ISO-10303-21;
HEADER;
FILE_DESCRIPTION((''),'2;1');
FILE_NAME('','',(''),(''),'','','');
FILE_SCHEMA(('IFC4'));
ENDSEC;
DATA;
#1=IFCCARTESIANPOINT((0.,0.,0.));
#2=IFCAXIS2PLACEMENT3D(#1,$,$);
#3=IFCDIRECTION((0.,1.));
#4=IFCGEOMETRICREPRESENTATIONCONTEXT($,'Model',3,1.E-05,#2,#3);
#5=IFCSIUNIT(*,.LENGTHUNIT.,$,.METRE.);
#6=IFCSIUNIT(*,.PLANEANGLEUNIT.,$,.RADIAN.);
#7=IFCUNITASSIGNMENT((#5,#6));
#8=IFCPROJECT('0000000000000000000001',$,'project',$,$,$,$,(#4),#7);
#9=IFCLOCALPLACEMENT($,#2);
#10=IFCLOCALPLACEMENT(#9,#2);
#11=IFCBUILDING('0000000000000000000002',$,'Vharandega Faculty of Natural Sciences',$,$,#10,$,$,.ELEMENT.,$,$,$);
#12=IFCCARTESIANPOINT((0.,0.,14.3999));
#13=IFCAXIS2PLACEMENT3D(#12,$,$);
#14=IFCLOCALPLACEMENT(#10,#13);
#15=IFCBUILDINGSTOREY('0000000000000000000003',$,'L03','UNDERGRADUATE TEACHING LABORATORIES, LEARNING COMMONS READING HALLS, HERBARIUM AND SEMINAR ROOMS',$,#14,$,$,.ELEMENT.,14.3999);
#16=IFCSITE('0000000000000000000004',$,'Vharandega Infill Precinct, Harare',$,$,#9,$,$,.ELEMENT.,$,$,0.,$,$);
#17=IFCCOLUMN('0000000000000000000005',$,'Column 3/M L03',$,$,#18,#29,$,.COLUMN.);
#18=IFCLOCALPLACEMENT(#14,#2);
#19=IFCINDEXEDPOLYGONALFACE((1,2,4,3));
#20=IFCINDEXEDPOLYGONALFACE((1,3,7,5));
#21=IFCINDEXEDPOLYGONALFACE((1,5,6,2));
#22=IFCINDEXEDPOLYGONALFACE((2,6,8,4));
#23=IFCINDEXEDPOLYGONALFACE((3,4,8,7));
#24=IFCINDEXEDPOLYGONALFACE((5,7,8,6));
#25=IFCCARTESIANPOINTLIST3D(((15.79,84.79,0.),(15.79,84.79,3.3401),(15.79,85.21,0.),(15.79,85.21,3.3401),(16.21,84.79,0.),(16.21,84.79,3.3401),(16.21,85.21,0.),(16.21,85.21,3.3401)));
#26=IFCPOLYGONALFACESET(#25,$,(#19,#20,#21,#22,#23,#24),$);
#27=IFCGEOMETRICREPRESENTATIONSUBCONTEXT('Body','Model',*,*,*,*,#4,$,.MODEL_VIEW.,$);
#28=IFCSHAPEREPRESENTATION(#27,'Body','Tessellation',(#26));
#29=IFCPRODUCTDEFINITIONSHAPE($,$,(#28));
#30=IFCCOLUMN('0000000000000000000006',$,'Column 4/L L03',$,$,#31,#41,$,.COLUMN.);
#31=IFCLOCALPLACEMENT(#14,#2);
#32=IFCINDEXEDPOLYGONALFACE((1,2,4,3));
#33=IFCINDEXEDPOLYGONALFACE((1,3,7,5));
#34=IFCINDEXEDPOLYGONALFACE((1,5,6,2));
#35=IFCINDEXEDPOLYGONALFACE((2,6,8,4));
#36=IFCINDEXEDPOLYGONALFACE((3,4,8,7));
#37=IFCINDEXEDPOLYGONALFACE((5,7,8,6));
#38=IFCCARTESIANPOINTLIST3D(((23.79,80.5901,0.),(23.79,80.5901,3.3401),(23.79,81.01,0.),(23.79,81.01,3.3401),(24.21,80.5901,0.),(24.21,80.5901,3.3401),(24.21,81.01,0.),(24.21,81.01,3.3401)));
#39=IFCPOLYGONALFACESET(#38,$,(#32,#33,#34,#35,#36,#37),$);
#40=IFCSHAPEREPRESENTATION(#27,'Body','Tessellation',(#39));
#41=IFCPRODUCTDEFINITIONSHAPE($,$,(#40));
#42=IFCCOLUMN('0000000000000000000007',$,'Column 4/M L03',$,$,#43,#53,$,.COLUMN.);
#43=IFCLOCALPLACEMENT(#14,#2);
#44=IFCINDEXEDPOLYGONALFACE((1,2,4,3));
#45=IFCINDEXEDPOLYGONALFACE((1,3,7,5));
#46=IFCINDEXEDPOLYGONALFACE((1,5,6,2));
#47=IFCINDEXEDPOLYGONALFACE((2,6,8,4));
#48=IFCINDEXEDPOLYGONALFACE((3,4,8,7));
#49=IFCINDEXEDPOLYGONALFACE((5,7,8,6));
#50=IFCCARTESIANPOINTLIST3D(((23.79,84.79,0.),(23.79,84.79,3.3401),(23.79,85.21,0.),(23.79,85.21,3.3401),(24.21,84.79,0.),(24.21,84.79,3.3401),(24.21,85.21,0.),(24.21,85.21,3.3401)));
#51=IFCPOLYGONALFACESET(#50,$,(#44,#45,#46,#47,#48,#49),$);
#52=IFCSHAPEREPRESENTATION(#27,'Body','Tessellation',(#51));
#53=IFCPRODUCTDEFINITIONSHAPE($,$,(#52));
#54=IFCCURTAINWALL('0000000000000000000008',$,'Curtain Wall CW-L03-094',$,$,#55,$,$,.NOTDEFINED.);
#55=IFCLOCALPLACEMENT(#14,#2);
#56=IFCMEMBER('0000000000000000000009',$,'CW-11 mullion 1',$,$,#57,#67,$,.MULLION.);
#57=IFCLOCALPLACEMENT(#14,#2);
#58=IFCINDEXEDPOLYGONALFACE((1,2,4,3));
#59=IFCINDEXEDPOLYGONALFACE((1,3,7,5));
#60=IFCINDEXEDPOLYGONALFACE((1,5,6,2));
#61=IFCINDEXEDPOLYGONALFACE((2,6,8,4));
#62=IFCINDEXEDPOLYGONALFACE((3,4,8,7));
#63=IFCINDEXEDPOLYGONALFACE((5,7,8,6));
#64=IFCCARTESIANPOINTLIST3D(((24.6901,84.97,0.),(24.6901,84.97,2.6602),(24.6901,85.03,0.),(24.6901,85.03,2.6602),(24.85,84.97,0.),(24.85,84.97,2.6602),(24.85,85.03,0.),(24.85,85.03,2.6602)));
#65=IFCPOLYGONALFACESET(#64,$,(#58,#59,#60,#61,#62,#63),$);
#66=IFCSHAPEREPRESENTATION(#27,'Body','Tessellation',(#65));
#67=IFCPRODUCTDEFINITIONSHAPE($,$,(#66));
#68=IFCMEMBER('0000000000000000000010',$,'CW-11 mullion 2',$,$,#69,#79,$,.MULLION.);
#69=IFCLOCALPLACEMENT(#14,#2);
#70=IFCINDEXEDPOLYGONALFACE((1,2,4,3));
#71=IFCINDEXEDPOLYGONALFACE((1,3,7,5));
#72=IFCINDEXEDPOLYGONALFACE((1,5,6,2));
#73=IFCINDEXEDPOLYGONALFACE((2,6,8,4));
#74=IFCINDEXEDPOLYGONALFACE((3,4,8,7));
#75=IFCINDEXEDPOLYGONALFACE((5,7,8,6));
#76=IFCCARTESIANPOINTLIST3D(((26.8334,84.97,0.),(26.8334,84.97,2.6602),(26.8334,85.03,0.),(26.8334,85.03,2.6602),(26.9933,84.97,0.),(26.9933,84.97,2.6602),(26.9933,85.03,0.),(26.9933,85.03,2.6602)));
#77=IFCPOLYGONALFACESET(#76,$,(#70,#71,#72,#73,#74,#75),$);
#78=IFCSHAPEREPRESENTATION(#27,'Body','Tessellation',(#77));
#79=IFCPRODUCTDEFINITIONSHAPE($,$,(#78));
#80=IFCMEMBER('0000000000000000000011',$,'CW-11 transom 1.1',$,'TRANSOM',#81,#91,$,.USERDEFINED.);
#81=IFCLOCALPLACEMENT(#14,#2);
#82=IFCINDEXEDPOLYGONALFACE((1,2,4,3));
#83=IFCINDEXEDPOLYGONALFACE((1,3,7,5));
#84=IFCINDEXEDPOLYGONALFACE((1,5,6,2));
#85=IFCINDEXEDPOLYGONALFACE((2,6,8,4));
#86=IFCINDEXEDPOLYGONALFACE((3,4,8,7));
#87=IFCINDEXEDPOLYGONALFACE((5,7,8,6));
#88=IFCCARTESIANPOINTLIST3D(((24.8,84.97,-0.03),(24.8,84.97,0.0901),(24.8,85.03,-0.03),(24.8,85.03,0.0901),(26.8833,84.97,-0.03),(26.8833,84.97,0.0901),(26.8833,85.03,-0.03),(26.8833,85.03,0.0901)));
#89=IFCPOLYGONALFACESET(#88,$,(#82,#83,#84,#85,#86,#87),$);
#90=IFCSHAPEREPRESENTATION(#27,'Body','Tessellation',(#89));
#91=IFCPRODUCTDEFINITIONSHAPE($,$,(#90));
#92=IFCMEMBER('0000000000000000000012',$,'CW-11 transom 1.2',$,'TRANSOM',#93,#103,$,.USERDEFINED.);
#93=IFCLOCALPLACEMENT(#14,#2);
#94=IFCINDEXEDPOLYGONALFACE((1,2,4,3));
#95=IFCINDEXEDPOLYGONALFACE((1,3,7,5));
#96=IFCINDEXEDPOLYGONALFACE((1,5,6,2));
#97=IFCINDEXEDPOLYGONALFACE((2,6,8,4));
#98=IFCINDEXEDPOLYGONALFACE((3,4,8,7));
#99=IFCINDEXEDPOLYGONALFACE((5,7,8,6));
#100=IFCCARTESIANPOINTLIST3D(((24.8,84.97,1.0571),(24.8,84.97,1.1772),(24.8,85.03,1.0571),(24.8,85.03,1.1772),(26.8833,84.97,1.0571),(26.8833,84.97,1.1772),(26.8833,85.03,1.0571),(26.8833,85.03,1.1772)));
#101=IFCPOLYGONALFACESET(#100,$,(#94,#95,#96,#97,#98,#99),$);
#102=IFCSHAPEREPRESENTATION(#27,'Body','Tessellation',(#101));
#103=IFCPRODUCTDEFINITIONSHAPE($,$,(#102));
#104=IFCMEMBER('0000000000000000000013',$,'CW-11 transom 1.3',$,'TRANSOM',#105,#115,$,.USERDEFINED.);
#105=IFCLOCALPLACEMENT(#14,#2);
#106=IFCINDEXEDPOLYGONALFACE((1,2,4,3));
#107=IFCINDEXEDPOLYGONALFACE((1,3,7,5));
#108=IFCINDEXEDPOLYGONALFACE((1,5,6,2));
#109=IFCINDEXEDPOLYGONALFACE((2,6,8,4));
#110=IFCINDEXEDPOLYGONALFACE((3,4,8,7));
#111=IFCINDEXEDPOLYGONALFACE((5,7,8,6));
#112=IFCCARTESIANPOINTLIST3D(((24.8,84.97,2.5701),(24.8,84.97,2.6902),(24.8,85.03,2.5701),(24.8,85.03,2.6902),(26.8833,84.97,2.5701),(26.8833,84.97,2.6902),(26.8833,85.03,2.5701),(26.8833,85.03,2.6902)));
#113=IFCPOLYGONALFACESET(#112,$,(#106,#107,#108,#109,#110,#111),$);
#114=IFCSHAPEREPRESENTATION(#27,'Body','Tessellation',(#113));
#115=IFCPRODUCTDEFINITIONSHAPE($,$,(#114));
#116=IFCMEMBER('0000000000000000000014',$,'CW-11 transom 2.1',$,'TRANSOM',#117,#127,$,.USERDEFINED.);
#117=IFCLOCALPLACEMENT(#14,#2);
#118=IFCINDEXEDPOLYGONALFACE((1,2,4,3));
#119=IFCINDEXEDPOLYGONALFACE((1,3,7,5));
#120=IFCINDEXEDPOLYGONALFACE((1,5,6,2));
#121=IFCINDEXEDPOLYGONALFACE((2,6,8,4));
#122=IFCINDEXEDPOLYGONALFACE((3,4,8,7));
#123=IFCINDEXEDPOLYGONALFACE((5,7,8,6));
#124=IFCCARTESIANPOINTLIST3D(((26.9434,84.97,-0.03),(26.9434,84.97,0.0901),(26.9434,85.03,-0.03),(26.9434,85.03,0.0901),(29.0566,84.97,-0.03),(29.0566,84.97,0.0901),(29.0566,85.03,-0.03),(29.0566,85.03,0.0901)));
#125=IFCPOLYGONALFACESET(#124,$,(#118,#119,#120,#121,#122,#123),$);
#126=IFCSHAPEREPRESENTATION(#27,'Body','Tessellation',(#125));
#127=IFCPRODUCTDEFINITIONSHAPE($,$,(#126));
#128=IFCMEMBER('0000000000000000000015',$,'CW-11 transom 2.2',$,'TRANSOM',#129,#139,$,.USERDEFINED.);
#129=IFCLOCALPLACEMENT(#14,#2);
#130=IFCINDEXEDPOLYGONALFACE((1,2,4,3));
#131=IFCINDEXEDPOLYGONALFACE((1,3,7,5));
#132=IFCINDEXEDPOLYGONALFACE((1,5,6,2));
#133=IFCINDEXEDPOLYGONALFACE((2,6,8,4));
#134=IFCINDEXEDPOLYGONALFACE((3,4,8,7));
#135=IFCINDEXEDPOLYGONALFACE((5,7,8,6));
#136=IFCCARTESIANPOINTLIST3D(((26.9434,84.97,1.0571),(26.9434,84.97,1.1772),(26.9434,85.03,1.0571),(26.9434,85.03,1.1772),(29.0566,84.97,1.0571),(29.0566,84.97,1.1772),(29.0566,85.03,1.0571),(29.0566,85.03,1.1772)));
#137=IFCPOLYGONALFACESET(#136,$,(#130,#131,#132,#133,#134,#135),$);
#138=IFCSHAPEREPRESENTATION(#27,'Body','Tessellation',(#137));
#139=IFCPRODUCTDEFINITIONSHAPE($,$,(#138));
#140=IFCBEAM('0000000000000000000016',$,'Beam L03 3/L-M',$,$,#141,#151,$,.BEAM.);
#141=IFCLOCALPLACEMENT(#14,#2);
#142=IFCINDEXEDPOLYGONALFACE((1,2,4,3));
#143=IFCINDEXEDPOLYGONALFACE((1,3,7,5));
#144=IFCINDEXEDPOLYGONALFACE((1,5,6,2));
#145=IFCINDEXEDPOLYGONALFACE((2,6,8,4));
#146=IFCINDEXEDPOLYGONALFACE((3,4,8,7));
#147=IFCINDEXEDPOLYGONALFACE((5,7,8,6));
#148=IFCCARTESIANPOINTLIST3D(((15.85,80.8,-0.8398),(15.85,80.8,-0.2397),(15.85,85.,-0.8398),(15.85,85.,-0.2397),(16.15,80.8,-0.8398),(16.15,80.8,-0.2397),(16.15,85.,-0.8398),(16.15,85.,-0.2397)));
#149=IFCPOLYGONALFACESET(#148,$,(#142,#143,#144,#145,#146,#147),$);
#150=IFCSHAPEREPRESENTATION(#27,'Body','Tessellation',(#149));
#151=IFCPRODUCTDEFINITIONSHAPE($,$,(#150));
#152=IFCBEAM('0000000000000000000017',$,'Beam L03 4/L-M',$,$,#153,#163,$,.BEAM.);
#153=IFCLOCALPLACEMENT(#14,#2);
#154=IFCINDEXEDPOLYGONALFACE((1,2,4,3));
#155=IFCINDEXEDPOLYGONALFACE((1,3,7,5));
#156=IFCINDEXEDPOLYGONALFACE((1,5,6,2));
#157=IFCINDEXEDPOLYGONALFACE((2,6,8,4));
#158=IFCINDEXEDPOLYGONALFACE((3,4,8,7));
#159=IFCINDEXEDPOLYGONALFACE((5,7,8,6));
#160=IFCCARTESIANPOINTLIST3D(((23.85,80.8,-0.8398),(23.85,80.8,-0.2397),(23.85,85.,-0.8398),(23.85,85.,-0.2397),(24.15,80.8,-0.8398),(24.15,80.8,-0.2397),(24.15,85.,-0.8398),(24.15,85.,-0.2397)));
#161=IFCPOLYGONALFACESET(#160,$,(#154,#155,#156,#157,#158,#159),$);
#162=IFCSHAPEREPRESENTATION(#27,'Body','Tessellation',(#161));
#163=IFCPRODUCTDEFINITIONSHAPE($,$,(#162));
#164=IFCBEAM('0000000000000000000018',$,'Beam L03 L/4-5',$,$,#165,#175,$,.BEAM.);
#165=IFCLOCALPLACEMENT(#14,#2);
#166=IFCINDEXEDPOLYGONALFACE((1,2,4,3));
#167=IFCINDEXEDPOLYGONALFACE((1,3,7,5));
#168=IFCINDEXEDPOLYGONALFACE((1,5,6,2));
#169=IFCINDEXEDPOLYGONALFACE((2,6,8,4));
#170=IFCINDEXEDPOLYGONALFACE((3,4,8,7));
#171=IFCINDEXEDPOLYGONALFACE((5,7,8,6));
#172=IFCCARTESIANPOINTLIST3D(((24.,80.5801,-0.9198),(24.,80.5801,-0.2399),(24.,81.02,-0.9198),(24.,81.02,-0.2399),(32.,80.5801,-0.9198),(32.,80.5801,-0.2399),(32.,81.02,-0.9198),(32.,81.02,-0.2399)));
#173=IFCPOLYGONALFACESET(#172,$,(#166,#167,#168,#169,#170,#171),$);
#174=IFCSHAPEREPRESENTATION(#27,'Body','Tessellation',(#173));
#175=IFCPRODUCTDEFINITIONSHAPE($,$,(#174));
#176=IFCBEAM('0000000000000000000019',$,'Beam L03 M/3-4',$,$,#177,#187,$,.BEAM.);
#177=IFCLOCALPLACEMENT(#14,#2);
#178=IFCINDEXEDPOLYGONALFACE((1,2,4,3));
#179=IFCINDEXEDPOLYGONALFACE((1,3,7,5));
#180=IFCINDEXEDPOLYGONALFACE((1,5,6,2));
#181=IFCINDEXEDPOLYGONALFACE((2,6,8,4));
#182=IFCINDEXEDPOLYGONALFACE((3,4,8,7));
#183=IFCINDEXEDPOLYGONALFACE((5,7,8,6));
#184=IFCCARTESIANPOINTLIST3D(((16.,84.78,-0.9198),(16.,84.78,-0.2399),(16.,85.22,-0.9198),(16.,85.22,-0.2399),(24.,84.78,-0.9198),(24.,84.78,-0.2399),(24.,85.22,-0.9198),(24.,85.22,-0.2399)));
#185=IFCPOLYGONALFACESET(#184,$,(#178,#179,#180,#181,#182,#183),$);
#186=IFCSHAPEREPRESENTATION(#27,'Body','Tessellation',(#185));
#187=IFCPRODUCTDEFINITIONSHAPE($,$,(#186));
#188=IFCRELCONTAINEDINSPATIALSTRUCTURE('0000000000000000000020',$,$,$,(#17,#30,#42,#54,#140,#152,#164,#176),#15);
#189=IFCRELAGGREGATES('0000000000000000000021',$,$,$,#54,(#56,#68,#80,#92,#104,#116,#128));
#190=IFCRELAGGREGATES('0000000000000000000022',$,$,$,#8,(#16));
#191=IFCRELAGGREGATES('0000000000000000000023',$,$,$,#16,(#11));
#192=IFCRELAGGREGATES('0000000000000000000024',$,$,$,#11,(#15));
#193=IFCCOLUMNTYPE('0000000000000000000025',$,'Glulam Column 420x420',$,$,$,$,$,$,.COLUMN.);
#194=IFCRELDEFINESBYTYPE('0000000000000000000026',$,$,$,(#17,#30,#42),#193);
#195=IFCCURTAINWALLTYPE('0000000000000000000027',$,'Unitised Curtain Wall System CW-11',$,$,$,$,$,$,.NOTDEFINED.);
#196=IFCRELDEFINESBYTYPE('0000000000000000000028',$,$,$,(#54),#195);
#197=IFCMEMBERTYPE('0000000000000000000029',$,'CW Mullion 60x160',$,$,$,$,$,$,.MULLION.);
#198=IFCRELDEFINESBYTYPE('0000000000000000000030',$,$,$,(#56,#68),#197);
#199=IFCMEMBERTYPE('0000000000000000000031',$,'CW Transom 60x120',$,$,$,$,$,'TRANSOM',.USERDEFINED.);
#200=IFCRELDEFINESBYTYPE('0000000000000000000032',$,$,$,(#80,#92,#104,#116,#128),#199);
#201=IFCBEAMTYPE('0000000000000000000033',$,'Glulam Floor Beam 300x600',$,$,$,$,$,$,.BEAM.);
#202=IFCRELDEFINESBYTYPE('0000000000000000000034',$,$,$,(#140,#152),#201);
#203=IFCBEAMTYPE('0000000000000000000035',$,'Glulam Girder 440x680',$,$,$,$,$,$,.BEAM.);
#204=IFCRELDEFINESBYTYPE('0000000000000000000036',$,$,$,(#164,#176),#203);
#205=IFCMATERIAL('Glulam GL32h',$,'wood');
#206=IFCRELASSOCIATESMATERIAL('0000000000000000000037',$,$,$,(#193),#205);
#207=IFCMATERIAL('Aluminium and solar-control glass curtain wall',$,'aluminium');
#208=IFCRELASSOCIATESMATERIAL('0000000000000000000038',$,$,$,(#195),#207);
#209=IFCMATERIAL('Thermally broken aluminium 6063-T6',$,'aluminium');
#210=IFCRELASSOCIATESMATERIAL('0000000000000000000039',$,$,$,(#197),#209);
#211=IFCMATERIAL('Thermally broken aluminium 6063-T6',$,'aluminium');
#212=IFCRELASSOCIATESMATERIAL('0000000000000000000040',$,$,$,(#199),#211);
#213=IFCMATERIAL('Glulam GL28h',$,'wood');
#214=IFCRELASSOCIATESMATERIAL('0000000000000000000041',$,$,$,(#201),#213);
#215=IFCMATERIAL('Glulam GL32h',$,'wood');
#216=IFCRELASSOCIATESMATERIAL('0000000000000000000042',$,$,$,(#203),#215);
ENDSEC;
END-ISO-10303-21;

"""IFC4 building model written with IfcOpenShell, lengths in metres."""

from ifc_helpers import new_model, si_unit, direction, frame, origin, origin_2d, place, context, subcontext, project, spatial, rectangle, extrude, material, material_profile, profile_set, type_object, element, aggregate, save


model = new_model("IFC4")

# Units and contexts
model_context = context("Model", 3, precision=1e-05, world=origin(), true_north=direction((0.0, 1.0)))
body_context = subcontext(model_context, "Body", "Model", "MODEL_VIEW")
ifc_project = project(units=[si_unit("LENGTHUNIT", "METRE"), si_unit("PLANEANGLEUNIT", "RADIAN")], contexts=[model_context])

# Site, building, storey
site_placement = place(None, origin())
site = spatial("IfcSite", under=ifc_project, at=site_placement, Name="Vharandega Infill Precinct, Harare", CompositionType="ELEMENT", RefElevation=0.0)
building_placement = place(site_placement, origin())
building = spatial("IfcBuilding", under=site, at=building_placement, Name="Vharandega Faculty of Natural Sciences", CompositionType="ELEMENT")
storey_placement = place(building_placement, frame((0.0, 0.0, 14.3999)))
storey = spatial("IfcBuildingStorey", under=building, at=storey_placement, Name="L03", Description="UNDERGRADUATE TEACHING LABORATORIES, LEARNING COMMONS READING HALLS, HERBARIUM AND SEMINAR ROOMS", CompositionType="ELEMENT", Elevation=14.3999)

# Columns
ifc_material_1 = material(Name="Glulam GL32h", Category="wood")
ifc_material_profile_1 = material_profile(ifc_material_1, rectangle(XDim=0.4199, YDim=0.4199, at=origin_2d()), Name="GL32h 420x420")
ifc_profile_set_1 = profile_set([ifc_material_profile_1], Name="Glulam GL32h")
column_type = type_object("IfcColumnType", Name="Glulam Column 420x420", PredefinedType="COLUMN", material=ifc_profile_set_1)
for number, where, z_axis, x_axis, name in (
    (1, (16.0, 85.0, 0.0), (0.0, 0.0, 1.0), (1.0, 0.0, 0.0), "Column 3/M L03"),
    (2, (24.0, 80.8, 0.0), (0.0, 0.0, 1.0), (1.0, 0.0, 0.0), "Column 4/L L03"),
    (3, (24.0, 85.0, 0.0), (0.0, 0.0, 1.0), (1.0, 0.0, 0.0), "Column 4/M L03"),
):
    element("IfcColumn", number, at=place(storey_placement, frame(where, z_axis=z_axis, x_axis=x_axis)), inside=storey, type_object=column_type, Name=name, PredefinedType="COLUMN", context=body_context, shape_type="SweptSolid", body=[
        extrude(rectangle(XDim=0.4199, YDim=0.4199, at=origin_2d()), origin(), (0.0, 0.0, 1.0), 3.3401),
    ])

# Curtain wall, members
ifc_material_2 = material(Name="Aluminium and solar-control glass curtain wall", Category="aluminium")
curtain_wall_type = type_object("IfcCurtainWallType", Name="Unitised Curtain Wall System CW-11", PredefinedType="NOTDEFINED", material=ifc_material_2)
curtain_wall_placement = place(storey_placement, origin())
curtain_wall = element("IfcCurtainWall", 4, at=curtain_wall_placement, inside=storey, type_object=curtain_wall_type, Name="Curtain Wall CW-L03-094", PredefinedType="NOTDEFINED")
ifc_material_3 = material(Name="Thermally broken aluminium 6063-T6", Category="aluminium")
ifc_material_profile_2 = material_profile(ifc_material_3, rectangle(XDim=0.0601, YDim=0.1599, at=origin_2d()), Name="ALU 60x160")
ifc_profile_set_2 = profile_set([ifc_material_profile_2], Name="Thermally broken aluminium 6063-T6")
member_type_1 = type_object("IfcMemberType", Name="CW Mullion 60x160", PredefinedType="MULLION", material=ifc_profile_set_2)
member_1_placement = place(storey_placement, frame((24.77, 85.0, 0.0), z_axis=(0.0, 0.0, 1.0), x_axis=(0.0, 1.0, 0.0)))
member_1 = element("IfcMember", 5, at=member_1_placement, type_object=member_type_1, Name="CW-11 mullion 1", PredefinedType="MULLION", context=body_context, shape_type="SweptSolid", body=[
    extrude(rectangle(XDim=0.0601, YDim=0.1599, at=origin_2d()), origin(), (0.0, 0.0, 1.0), 2.6602),
])
member_2_placement = place(storey_placement, frame((26.9133, 85.0, 0.0), z_axis=(0.0, 0.0, 1.0), x_axis=(0.0, 1.0, 0.0)))
member_2 = element("IfcMember", 6, at=member_2_placement, type_object=member_type_1, Name="CW-11 mullion 2", PredefinedType="MULLION", context=body_context, shape_type="SweptSolid", body=[
    extrude(rectangle(XDim=0.0601, YDim=0.1599, at=origin_2d()), origin(), (0.0, 0.0, 1.0), 2.6602),
])
ifc_material_4 = material(Name="Thermally broken aluminium 6063-T6", Category="aluminium")
ifc_material_profile_3 = material_profile(ifc_material_4, rectangle(XDim=0.0601, YDim=0.1201, at=origin_2d()), Name="ALU 60x120")
ifc_profile_set_3 = profile_set([ifc_material_profile_3], Name="Thermally broken aluminium 6063-T6")
member_type_2 = type_object("IfcMemberType", Name="CW Transom 60x120", ElementType="TRANSOM", PredefinedType="USERDEFINED", material=ifc_profile_set_3)
member_3_placement = place(storey_placement, frame((24.8, 85.0, 0.03), z_axis=(1.0, 0.0, 0.0), x_axis=(0.0, 1.0, 0.0)))
member_3 = element("IfcMember", 7, at=member_3_placement, type_object=member_type_2, Name="CW-11 transom 1.1", ObjectType="TRANSOM", PredefinedType="USERDEFINED", context=body_context, shape_type="SweptSolid", body=[
    extrude(rectangle(XDim=0.0601, YDim=0.1201, at=origin_2d()), origin(), (0.0, 0.0, 1.0), 2.0833),
])
member_4_placement = place(storey_placement, frame((24.8, 85.0, 1.1172), z_axis=(1.0, 0.0, 0.0), x_axis=(0.0, 1.0, 0.0)))
member_4 = element("IfcMember", 8, at=member_4_placement, type_object=member_type_2, Name="CW-11 transom 1.2", ObjectType="TRANSOM", PredefinedType="USERDEFINED", context=body_context, shape_type="SweptSolid", body=[
    extrude(rectangle(XDim=0.0601, YDim=0.1201, at=origin_2d()), origin(), (0.0, 0.0, 1.0), 2.0833),
])
member_5_placement = place(storey_placement, frame((24.8, 85.0, 2.6301), z_axis=(1.0, 0.0, 0.0), x_axis=(0.0, 1.0, 0.0)))
member_5 = element("IfcMember", 9, at=member_5_placement, type_object=member_type_2, Name="CW-11 transom 1.3", ObjectType="TRANSOM", PredefinedType="USERDEFINED", context=body_context, shape_type="SweptSolid", body=[
    extrude(rectangle(XDim=0.0601, YDim=0.1201, at=origin_2d()), origin(), (0.0, 0.0, 1.0), 2.0833),
])
member_6_placement = place(storey_placement, frame((26.9434, 85.0, 0.03), z_axis=(1.0, 0.0, 0.0), x_axis=(0.0, 1.0, 0.0)))
member_6 = element("IfcMember", 10, at=member_6_placement, type_object=member_type_2, Name="CW-11 transom 2.1", ObjectType="TRANSOM", PredefinedType="USERDEFINED", context=body_context, shape_type="SweptSolid", body=[
    extrude(rectangle(XDim=0.0601, YDim=0.1201, at=origin_2d()), origin(), (0.0, 0.0, 1.0), 2.1133),
])
member_7_placement = place(storey_placement, frame((26.9434, 85.0, 1.1172), z_axis=(1.0, 0.0, 0.0), x_axis=(0.0, 1.0, 0.0)))
member_7 = element("IfcMember", 11, at=member_7_placement, type_object=member_type_2, Name="CW-11 transom 2.2", ObjectType="TRANSOM", PredefinedType="USERDEFINED", context=body_context, shape_type="SweptSolid", body=[
    extrude(rectangle(XDim=0.0601, YDim=0.1201, at=origin_2d()), origin(), (0.0, 0.0, 1.0), 2.1133),
])

# Beams
ifc_material_5 = material(Name="Glulam GL28h", Category="wood")
ifc_material_profile_4 = material_profile(ifc_material_5, rectangle(XDim=0.3, YDim=0.6001, at=origin_2d()), Name="GL28h 300x600")
ifc_profile_set_4 = profile_set([ifc_material_profile_4], Name="Glulam GL28h")
beam_type_1 = type_object("IfcBeamType", Name="Glulam Floor Beam 300x600", PredefinedType="BEAM", material=ifc_profile_set_4)
for number, where, z_axis, x_axis, name in (
    (12, (16.0, 80.8, -0.5398), (0.0, 1.0, 0.0), (-1.0, 0.0, 0.0), "Beam L03 3/L-M"),
    (13, (24.0, 80.8, -0.5398), (0.0, 1.0, 0.0), (-1.0, 0.0, 0.0), "Beam L03 4/L-M"),
):
    element("IfcBeam", number, at=place(storey_placement, frame(where, z_axis=z_axis, x_axis=x_axis)), inside=storey, type_object=beam_type_1, Name=name, PredefinedType="BEAM", context=body_context, shape_type="SweptSolid", body=[
        extrude(rectangle(XDim=0.3, YDim=0.6001, at=origin_2d()), origin(), (0.0, 0.0, 1.0), 4.2),
    ])
ifc_material_6 = material(Name="Glulam GL32h", Category="wood")
ifc_material_profile_5 = material_profile(ifc_material_6, rectangle(XDim=0.4399, YDim=0.6799, at=origin_2d()), Name="GL32h 440x680")
ifc_profile_set_5 = profile_set([ifc_material_profile_5], Name="Glulam GL32h")
beam_type_2 = type_object("IfcBeamType", Name="Glulam Girder 440x680", PredefinedType="BEAM", material=ifc_profile_set_5)
for number, where, z_axis, x_axis, name in (
    (14, (24.0, 80.8, -0.5798), (1.0, 0.0, 0.0), (0.0, 1.0, 0.0), "Beam L03 L/4-5"),
    (15, (16.0, 85.0, -0.5798), (1.0, 0.0, 0.0), (0.0, 1.0, 0.0), "Beam L03 M/3-4"),
):
    element("IfcBeam", number, at=place(storey_placement, frame(where, z_axis=z_axis, x_axis=x_axis)), inside=storey, type_object=beam_type_2, Name=name, PredefinedType="BEAM", context=body_context, shape_type="SweptSolid", body=[
        extrude(rectangle(XDim=0.4399, YDim=0.6799, at=origin_2d()), origin(), (0.0, 0.0, 1.0), 8.0),
    ])

aggregate(curtain_wall, [member_1, member_2, member_3, member_4, member_5, member_6, member_7])

save(model, "model.ifc")
